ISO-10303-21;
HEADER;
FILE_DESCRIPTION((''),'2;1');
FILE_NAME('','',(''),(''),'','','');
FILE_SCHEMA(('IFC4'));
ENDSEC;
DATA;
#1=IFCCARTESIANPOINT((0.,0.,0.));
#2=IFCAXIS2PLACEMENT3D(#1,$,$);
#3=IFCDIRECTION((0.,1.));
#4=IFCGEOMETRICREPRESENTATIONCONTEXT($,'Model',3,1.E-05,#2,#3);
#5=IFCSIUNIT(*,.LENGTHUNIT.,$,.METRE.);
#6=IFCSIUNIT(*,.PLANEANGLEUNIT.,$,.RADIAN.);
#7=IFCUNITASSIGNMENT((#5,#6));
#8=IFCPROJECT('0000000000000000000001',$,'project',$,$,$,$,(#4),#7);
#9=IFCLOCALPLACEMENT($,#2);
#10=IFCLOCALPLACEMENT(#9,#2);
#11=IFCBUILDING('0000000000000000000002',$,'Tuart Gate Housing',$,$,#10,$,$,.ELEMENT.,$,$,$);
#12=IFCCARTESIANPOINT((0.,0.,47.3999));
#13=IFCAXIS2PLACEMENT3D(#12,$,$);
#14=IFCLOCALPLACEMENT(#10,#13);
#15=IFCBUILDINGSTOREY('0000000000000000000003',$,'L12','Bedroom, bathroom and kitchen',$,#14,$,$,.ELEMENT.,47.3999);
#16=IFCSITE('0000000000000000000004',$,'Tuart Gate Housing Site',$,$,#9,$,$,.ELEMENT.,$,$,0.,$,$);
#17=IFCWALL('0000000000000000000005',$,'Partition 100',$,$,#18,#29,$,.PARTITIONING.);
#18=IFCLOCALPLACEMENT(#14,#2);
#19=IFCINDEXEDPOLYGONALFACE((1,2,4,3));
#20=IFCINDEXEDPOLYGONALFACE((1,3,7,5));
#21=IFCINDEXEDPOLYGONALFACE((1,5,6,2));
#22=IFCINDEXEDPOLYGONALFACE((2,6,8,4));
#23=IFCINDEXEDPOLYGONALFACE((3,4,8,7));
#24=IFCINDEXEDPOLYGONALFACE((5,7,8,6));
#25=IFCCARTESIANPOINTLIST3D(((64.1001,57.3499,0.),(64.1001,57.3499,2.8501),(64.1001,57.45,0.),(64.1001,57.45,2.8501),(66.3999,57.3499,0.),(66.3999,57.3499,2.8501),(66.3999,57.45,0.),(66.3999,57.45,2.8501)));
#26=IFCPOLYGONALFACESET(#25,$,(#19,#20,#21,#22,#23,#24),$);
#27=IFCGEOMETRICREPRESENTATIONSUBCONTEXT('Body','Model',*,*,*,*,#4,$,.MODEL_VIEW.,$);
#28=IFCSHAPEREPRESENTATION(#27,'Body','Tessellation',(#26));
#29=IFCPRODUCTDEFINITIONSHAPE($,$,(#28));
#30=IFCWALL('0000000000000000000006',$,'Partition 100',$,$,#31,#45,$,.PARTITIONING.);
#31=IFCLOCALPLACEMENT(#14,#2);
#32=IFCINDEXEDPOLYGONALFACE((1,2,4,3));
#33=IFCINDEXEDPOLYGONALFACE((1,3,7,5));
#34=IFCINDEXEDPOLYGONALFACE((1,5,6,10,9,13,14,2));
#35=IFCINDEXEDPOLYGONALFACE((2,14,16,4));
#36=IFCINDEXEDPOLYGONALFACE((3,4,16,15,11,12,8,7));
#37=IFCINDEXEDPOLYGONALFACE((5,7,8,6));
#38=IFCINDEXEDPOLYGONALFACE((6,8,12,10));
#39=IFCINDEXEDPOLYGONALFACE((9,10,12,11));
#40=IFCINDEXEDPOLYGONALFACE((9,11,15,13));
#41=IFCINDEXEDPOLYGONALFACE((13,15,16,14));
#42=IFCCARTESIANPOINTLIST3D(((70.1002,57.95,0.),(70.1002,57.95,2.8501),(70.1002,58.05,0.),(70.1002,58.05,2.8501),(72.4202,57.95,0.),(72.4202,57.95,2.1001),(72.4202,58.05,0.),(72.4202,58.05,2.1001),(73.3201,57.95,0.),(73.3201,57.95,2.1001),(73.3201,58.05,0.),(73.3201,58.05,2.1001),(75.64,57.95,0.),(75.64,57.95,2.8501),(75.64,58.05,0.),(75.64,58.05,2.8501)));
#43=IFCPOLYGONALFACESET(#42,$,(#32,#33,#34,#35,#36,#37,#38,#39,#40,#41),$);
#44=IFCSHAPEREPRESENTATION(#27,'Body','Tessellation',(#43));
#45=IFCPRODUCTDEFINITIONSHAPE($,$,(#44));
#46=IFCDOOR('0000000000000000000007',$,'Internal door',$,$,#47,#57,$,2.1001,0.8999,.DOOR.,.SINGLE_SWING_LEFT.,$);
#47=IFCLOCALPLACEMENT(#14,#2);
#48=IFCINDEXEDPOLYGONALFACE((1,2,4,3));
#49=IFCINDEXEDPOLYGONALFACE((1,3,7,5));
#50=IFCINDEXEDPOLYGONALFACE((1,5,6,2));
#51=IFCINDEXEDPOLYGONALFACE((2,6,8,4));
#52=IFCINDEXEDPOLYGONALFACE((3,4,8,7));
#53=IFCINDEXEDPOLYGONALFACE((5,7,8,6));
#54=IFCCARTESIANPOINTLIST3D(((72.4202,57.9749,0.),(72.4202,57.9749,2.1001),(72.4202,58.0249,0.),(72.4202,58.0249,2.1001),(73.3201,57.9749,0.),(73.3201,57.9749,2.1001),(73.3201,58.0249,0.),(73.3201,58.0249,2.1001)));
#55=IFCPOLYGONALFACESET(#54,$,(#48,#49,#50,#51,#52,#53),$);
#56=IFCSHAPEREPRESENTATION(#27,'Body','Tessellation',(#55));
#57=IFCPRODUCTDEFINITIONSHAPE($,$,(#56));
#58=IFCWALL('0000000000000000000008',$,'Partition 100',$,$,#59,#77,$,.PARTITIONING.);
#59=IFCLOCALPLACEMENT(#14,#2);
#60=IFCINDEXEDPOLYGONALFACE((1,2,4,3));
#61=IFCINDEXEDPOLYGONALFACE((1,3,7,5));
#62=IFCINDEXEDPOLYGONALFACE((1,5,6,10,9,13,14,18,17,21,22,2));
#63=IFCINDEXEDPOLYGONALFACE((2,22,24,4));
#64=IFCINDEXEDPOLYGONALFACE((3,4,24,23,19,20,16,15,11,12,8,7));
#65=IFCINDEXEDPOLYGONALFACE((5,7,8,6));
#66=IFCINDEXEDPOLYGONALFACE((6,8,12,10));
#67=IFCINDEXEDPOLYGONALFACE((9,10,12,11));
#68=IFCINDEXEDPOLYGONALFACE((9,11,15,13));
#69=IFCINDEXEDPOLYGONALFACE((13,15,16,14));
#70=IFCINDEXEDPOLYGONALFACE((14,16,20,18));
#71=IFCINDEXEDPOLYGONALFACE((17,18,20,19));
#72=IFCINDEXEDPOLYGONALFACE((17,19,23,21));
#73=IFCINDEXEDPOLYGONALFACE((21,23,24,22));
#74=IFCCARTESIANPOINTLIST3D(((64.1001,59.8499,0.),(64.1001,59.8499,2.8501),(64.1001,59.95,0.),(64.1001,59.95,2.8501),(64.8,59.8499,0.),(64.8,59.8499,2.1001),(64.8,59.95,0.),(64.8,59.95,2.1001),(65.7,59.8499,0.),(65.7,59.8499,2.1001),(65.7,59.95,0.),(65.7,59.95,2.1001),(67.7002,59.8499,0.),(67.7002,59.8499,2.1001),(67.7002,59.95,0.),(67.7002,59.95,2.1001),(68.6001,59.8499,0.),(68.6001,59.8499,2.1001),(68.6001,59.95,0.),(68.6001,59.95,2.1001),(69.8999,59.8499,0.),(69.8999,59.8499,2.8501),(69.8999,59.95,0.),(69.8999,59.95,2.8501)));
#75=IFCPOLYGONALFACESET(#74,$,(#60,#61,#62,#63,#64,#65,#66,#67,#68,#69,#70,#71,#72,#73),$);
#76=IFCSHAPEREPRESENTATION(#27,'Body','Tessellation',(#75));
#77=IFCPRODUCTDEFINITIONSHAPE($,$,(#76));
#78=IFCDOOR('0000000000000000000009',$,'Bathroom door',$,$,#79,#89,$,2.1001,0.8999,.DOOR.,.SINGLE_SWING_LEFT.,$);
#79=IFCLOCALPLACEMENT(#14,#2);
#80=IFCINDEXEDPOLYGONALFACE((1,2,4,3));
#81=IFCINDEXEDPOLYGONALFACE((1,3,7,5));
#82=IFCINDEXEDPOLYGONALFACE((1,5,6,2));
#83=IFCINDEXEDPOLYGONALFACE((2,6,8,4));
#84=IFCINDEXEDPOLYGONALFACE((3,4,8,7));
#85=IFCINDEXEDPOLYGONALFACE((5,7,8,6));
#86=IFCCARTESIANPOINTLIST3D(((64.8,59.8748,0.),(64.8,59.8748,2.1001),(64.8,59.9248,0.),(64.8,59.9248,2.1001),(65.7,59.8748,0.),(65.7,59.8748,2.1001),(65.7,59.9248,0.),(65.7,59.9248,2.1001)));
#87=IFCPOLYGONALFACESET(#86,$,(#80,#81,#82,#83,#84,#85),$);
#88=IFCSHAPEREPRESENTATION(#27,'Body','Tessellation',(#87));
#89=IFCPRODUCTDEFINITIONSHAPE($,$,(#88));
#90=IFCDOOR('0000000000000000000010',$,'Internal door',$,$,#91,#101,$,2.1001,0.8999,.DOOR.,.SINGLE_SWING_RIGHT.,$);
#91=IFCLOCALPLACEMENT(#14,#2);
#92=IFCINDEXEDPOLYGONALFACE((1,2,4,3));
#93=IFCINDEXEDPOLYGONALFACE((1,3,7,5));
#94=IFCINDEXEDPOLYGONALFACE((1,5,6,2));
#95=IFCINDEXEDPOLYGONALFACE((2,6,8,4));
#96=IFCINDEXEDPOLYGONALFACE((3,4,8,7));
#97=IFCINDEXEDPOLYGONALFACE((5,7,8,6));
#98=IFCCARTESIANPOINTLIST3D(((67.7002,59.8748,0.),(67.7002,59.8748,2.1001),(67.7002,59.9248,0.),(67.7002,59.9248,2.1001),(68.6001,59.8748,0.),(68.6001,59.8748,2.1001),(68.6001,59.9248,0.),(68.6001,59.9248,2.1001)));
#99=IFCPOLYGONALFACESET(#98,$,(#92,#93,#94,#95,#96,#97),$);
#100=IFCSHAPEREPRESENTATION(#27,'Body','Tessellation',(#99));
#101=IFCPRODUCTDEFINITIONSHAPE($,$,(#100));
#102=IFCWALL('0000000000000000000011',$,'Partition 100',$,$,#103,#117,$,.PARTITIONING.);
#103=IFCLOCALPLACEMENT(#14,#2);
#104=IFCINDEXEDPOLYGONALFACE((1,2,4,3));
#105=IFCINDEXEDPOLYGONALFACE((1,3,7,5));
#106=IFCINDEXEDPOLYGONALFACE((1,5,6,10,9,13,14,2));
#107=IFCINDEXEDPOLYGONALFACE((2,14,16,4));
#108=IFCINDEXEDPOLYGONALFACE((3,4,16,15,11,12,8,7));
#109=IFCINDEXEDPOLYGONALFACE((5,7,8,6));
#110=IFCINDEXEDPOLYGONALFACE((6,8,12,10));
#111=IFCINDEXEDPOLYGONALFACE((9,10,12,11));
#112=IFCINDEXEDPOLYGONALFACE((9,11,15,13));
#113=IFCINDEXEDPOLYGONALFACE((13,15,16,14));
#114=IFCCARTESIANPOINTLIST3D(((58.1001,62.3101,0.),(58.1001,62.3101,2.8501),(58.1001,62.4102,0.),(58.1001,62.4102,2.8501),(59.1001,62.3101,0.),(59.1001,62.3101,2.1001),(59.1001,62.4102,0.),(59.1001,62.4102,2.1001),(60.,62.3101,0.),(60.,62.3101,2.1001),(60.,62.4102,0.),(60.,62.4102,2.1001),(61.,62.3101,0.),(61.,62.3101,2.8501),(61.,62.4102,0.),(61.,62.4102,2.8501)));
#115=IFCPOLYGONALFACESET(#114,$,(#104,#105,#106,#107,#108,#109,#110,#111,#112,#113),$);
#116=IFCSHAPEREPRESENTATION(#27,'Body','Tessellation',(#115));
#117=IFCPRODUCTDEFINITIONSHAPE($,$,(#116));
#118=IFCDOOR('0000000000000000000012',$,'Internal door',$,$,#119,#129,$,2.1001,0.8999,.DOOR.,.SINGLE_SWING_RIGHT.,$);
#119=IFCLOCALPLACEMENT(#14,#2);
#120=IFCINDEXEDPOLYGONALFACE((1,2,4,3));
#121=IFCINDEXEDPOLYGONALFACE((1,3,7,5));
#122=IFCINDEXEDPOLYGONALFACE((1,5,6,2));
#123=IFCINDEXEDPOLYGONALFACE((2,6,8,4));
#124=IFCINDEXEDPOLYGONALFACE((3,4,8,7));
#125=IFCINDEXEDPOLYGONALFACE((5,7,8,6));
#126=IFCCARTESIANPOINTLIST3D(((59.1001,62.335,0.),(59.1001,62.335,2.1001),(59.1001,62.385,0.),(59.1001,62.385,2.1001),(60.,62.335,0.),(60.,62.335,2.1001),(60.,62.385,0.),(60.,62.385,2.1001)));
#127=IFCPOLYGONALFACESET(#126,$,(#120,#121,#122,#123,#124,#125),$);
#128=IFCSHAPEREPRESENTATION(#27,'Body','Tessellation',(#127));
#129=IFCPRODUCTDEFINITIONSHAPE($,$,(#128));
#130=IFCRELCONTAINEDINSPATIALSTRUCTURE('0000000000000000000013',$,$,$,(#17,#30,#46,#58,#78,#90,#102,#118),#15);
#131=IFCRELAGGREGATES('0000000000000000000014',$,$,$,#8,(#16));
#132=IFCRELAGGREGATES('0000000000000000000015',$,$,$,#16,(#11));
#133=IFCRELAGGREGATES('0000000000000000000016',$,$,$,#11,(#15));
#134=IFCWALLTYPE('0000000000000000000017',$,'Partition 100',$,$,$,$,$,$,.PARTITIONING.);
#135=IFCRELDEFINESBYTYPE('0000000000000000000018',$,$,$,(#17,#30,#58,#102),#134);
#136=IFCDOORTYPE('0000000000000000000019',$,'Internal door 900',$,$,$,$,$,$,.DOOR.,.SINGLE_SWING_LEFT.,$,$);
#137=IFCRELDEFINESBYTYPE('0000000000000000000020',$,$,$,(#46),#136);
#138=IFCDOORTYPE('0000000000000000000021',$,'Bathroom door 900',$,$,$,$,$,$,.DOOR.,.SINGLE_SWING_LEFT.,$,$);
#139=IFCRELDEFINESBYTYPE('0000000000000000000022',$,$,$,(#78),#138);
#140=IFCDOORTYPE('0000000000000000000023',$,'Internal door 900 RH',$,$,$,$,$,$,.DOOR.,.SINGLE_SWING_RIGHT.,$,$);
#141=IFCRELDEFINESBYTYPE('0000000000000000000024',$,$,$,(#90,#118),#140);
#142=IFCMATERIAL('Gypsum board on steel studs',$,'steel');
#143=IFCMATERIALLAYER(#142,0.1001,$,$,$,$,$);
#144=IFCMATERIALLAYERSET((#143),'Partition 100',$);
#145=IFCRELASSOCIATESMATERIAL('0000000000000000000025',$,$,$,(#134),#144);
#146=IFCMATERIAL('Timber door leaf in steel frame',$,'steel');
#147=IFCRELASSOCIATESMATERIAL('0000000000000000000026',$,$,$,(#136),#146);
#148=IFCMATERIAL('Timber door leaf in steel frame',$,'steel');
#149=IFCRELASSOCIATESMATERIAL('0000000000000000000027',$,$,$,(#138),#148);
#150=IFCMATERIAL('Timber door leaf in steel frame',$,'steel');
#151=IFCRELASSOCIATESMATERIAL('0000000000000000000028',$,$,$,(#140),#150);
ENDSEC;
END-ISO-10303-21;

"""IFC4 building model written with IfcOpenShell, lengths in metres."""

from ifc_helpers import new_model, si_unit, direction, frame, frame_2d, origin, place, context, subcontext, project, spatial, rectangle, extrude, material, layer, layer_set, type_object, element, fill, save


model = new_model("IFC4")

# Units and contexts
model_context = context("Model", 3, precision=1e-05, world=origin(), true_north=direction((0.0, 1.0)))
body_context = subcontext(model_context, "Body", "Model", "MODEL_VIEW")
ifc_project = project(units=[si_unit("LENGTHUNIT", "METRE"), si_unit("PLANEANGLEUNIT", "RADIAN")], contexts=[model_context])

# Site, building, storey
site_placement = place(None, origin())
site = spatial("IfcSite", under=ifc_project, at=site_placement, Name="Tuart Gate Housing Site", CompositionType="ELEMENT", RefElevation=0.0)
building_placement = place(site_placement, origin())
building = spatial("IfcBuilding", under=site, at=building_placement, Name="Tuart Gate Housing", CompositionType="ELEMENT")
storey_placement = place(building_placement, frame((0.0, 0.0, 47.3999)))
storey = spatial("IfcBuildingStorey", under=building, at=storey_placement, Name="L12", Description="Bedroom, bathroom and kitchen", CompositionType="ELEMENT", Elevation=47.3999)

# Wall
ifc_material_1 = material(Name="Gypsum board on steel studs", Category="steel")
ifc_layer_1 = layer(ifc_material_1, 0.1001)
ifc_layer_set_1 = layer_set([ifc_layer_1], Name="Partition 100")
wall_type_1 = type_object("IfcWallType", Name="Partition 100", PredefinedType="PARTITIONING", material=ifc_layer_set_1)
wall_1_placement = place(storey_placement, frame((64.1001, 57.3999, 0.0), z_axis=(0.0, 0.0, 1.0), x_axis=(1.0, 0.0, 0.0)))
element("IfcWall", 1, at=wall_1_placement, inside=storey, type_object=wall_type_1, Name="Partition 100", PredefinedType="PARTITIONING", context=body_context, shape_type="SweptSolid", body=[
    extrude(rectangle(XDim=2.2998, YDim=0.1001, at=frame_2d((1.1499, 0.0))), origin(), (0.0, 0.0, 1.0), 2.8501),
])

# Wall, opening, door
wall_2_placement = place(storey_placement, frame((70.1001, 58.0, 0.0), z_axis=(0.0, 0.0, 1.0), x_axis=(1.0, 0.0, 0.0)))
wall_2 = element("IfcWall", 2, at=wall_2_placement, inside=storey, type_object=wall_type_1, Name="Partition 100", PredefinedType="PARTITIONING", context=body_context, shape_type="SweptSolid", body=[
    extrude(rectangle(XDim=5.5398, YDim=0.1001, at=frame_2d((2.77, 0.0))), origin(), (0.0, 0.0, 1.0), 2.8501),
])
opening_1_placement = place(wall_2_placement, frame((2.3201, 0.0, 0.0)))
opening_1 = element("IfcOpeningElement", 3, at=opening_1_placement, cuts=wall_2, PredefinedType="OPENING", context=body_context, shape_type="SweptSolid", body=[
    extrude(rectangle(XDim=0.8999, YDim=2.1001, at=frame_2d((0.45, 1.05))), frame((0.0, 0.0601, 0.0), z_axis=(0.0, -1.0, 0.0), x_axis=(1.0, 0.0, 0.0)), (0.0, 0.0, 1.0), 0.1201),
])
ifc_material_2 = material(Name="Timber door leaf in steel frame", Category="steel")
door_type_1 = type_object("IfcDoorType", Name="Internal door 900", OperationType="SINGLE_SWING_LEFT", PredefinedType="DOOR", material=ifc_material_2)
door_1_placement = place(opening_1_placement, frame((0.8999, 0.0, 0.0), z_axis=(0.0, 0.0, 1.0), x_axis=(-1.0, 0.0, 0.0)))
door_1 = element("IfcDoor", 4, at=door_1_placement, inside=storey, type_object=door_type_1, Name="Internal door", OperationType="SINGLE_SWING_LEFT", OverallHeight=2.1001, OverallWidth=0.8999, PredefinedType="DOOR", context=body_context, shape_type="SweptSolid", body=[
    extrude(rectangle(XDim=0.8999, YDim=2.1001, at=frame_2d((0.45, 1.05))), frame((0.0, 0.0251, 0.0), z_axis=(0.0, -1.0, 0.0), x_axis=(1.0, 0.0, 0.0)), (0.0, 0.0, 1.0), 0.05),
])
fill(opening_1, door_1)

# Wall, openings, doors
wall_3_placement = place(storey_placement, frame((64.1001, 59.8999, 0.0), z_axis=(0.0, 0.0, 1.0), x_axis=(1.0, 0.0, 0.0)))
wall_3 = element("IfcWall", 5, at=wall_3_placement, inside=storey, type_object=wall_type_1, Name="Partition 100", PredefinedType="PARTITIONING", context=body_context, shape_type="SweptSolid", body=[
    extrude(rectangle(XDim=5.7998, YDim=0.1001, at=frame_2d((2.8999, 0.0))), origin(), (0.0, 0.0, 1.0), 2.8501),
])
opening_2_placement = place(wall_3_placement, frame((3.6001, 0.0, 0.0)))
opening_2 = element("IfcOpeningElement", 6, at=opening_2_placement, cuts=wall_3, PredefinedType="OPENING", context=body_context, shape_type="SweptSolid", body=[
    extrude(rectangle(XDim=0.8999, YDim=2.1001, at=frame_2d((0.45, 1.05))), frame((0.0, 0.0601, 0.0), z_axis=(0.0, -1.0, 0.0), x_axis=(1.0, 0.0, 0.0)), (0.0, 0.0, 1.0), 0.1201),
])
opening_3_placement = place(wall_3_placement, frame((0.7, 0.0, 0.0)))
opening_3 = element("IfcOpeningElement", 7, at=opening_3_placement, cuts=wall_3, PredefinedType="OPENING", context=body_context, shape_type="SweptSolid", body=[
    extrude(rectangle(XDim=0.8999, YDim=2.1001, at=frame_2d((0.45, 1.05))), frame((0.0, 0.0601, 0.0), z_axis=(0.0, -1.0, 0.0), x_axis=(1.0, 0.0, 0.0)), (0.0, 0.0, 1.0), 0.1201),
])
ifc_material_3 = material(Name="Timber door leaf in steel frame", Category="steel")
door_type_2 = type_object("IfcDoorType", Name="Bathroom door 900", OperationType="SINGLE_SWING_LEFT", PredefinedType="DOOR", material=ifc_material_3)
door_2_placement = place(opening_3_placement, frame((0.8999, 0.0, 0.0), z_axis=(0.0, 0.0, 1.0), x_axis=(-1.0, 0.0, 0.0)))
door_2 = element("IfcDoor", 8, at=door_2_placement, inside=storey, type_object=door_type_2, Name="Bathroom door", OperationType="SINGLE_SWING_LEFT", OverallHeight=2.1001, OverallWidth=0.8999, PredefinedType="DOOR", context=body_context, shape_type="SweptSolid", body=[
    extrude(rectangle(XDim=0.8999, YDim=2.1001, at=frame_2d((0.45, 1.05))), frame((0.0, 0.0251, 0.0), z_axis=(0.0, -1.0, 0.0), x_axis=(1.0, 0.0, 0.0)), (0.0, 0.0, 1.0), 0.05),
])
fill(opening_3, door_2)
ifc_material_4 = material(Name="Timber door leaf in steel frame", Category="steel")
door_type_3 = type_object("IfcDoorType", Name="Internal door 900 RH", OperationType="SINGLE_SWING_RIGHT", PredefinedType="DOOR", material=ifc_material_4)
door_3_placement = place(opening_2_placement, frame((0.8999, 0.0, 0.0), z_axis=(0.0, 0.0, 1.0), x_axis=(-1.0, 0.0, 0.0)))
door_3 = element("IfcDoor", 9, at=door_3_placement, inside=storey, type_object=door_type_3, Name="Internal door", OperationType="SINGLE_SWING_RIGHT", OverallHeight=2.1001, OverallWidth=0.8999, PredefinedType="DOOR", context=body_context, shape_type="SweptSolid", body=[
    extrude(rectangle(XDim=0.8999, YDim=2.1001, at=frame_2d((0.45, 1.05))), frame((0.0, 0.0251, 0.0), z_axis=(0.0, -1.0, 0.0), x_axis=(1.0, 0.0, 0.0)), (0.0, 0.0, 1.0), 0.05),
])
fill(opening_2, door_3)

# Wall, opening, door
wall_4_placement = place(storey_placement, frame((58.1001, 62.3601, 0.0), z_axis=(0.0, 0.0, 1.0), x_axis=(1.0, 0.0, 0.0)))
wall_4 = element("IfcWall", 10, at=wall_4_placement, inside=storey, type_object=wall_type_1, Name="Partition 100", PredefinedType="PARTITIONING", context=body_context, shape_type="SweptSolid", body=[
    extrude(rectangle(XDim=2.8999, YDim=0.1001, at=frame_2d((1.45, 0.0))), origin(), (0.0, 0.0, 1.0), 2.8501),
])
opening_4_placement = place(wall_4_placement, frame((1.0, 0.0, 0.0)))
opening_4 = element("IfcOpeningElement", 11, at=opening_4_placement, cuts=wall_4, PredefinedType="OPENING", context=body_context, shape_type="SweptSolid", body=[
    extrude(rectangle(XDim=0.8999, YDim=2.1001, at=frame_2d((0.45, 1.05))), frame((0.0, 0.0601, 0.0), z_axis=(0.0, -1.0, 0.0), x_axis=(1.0, 0.0, 0.0)), (0.0, 0.0, 1.0), 0.1201),
])
door_4_placement = place(opening_4_placement, origin())
door_4 = element("IfcDoor", 12, at=door_4_placement, inside=storey, type_object=door_type_3, Name="Internal door", OperationType="SINGLE_SWING_RIGHT", OverallHeight=2.1001, OverallWidth=0.8999, PredefinedType="DOOR", context=body_context, shape_type="SweptSolid", body=[
    extrude(rectangle(XDim=0.8999, YDim=2.1001, at=frame_2d((0.45, 1.05))), frame((0.0, 0.0249, 0.0), z_axis=(0.0, -1.0, 0.0), x_axis=(1.0, 0.0, 0.0)), (0.0, 0.0, 1.0), 0.05),
])
fill(opening_4, door_4)

save(model, "model.ifc")
